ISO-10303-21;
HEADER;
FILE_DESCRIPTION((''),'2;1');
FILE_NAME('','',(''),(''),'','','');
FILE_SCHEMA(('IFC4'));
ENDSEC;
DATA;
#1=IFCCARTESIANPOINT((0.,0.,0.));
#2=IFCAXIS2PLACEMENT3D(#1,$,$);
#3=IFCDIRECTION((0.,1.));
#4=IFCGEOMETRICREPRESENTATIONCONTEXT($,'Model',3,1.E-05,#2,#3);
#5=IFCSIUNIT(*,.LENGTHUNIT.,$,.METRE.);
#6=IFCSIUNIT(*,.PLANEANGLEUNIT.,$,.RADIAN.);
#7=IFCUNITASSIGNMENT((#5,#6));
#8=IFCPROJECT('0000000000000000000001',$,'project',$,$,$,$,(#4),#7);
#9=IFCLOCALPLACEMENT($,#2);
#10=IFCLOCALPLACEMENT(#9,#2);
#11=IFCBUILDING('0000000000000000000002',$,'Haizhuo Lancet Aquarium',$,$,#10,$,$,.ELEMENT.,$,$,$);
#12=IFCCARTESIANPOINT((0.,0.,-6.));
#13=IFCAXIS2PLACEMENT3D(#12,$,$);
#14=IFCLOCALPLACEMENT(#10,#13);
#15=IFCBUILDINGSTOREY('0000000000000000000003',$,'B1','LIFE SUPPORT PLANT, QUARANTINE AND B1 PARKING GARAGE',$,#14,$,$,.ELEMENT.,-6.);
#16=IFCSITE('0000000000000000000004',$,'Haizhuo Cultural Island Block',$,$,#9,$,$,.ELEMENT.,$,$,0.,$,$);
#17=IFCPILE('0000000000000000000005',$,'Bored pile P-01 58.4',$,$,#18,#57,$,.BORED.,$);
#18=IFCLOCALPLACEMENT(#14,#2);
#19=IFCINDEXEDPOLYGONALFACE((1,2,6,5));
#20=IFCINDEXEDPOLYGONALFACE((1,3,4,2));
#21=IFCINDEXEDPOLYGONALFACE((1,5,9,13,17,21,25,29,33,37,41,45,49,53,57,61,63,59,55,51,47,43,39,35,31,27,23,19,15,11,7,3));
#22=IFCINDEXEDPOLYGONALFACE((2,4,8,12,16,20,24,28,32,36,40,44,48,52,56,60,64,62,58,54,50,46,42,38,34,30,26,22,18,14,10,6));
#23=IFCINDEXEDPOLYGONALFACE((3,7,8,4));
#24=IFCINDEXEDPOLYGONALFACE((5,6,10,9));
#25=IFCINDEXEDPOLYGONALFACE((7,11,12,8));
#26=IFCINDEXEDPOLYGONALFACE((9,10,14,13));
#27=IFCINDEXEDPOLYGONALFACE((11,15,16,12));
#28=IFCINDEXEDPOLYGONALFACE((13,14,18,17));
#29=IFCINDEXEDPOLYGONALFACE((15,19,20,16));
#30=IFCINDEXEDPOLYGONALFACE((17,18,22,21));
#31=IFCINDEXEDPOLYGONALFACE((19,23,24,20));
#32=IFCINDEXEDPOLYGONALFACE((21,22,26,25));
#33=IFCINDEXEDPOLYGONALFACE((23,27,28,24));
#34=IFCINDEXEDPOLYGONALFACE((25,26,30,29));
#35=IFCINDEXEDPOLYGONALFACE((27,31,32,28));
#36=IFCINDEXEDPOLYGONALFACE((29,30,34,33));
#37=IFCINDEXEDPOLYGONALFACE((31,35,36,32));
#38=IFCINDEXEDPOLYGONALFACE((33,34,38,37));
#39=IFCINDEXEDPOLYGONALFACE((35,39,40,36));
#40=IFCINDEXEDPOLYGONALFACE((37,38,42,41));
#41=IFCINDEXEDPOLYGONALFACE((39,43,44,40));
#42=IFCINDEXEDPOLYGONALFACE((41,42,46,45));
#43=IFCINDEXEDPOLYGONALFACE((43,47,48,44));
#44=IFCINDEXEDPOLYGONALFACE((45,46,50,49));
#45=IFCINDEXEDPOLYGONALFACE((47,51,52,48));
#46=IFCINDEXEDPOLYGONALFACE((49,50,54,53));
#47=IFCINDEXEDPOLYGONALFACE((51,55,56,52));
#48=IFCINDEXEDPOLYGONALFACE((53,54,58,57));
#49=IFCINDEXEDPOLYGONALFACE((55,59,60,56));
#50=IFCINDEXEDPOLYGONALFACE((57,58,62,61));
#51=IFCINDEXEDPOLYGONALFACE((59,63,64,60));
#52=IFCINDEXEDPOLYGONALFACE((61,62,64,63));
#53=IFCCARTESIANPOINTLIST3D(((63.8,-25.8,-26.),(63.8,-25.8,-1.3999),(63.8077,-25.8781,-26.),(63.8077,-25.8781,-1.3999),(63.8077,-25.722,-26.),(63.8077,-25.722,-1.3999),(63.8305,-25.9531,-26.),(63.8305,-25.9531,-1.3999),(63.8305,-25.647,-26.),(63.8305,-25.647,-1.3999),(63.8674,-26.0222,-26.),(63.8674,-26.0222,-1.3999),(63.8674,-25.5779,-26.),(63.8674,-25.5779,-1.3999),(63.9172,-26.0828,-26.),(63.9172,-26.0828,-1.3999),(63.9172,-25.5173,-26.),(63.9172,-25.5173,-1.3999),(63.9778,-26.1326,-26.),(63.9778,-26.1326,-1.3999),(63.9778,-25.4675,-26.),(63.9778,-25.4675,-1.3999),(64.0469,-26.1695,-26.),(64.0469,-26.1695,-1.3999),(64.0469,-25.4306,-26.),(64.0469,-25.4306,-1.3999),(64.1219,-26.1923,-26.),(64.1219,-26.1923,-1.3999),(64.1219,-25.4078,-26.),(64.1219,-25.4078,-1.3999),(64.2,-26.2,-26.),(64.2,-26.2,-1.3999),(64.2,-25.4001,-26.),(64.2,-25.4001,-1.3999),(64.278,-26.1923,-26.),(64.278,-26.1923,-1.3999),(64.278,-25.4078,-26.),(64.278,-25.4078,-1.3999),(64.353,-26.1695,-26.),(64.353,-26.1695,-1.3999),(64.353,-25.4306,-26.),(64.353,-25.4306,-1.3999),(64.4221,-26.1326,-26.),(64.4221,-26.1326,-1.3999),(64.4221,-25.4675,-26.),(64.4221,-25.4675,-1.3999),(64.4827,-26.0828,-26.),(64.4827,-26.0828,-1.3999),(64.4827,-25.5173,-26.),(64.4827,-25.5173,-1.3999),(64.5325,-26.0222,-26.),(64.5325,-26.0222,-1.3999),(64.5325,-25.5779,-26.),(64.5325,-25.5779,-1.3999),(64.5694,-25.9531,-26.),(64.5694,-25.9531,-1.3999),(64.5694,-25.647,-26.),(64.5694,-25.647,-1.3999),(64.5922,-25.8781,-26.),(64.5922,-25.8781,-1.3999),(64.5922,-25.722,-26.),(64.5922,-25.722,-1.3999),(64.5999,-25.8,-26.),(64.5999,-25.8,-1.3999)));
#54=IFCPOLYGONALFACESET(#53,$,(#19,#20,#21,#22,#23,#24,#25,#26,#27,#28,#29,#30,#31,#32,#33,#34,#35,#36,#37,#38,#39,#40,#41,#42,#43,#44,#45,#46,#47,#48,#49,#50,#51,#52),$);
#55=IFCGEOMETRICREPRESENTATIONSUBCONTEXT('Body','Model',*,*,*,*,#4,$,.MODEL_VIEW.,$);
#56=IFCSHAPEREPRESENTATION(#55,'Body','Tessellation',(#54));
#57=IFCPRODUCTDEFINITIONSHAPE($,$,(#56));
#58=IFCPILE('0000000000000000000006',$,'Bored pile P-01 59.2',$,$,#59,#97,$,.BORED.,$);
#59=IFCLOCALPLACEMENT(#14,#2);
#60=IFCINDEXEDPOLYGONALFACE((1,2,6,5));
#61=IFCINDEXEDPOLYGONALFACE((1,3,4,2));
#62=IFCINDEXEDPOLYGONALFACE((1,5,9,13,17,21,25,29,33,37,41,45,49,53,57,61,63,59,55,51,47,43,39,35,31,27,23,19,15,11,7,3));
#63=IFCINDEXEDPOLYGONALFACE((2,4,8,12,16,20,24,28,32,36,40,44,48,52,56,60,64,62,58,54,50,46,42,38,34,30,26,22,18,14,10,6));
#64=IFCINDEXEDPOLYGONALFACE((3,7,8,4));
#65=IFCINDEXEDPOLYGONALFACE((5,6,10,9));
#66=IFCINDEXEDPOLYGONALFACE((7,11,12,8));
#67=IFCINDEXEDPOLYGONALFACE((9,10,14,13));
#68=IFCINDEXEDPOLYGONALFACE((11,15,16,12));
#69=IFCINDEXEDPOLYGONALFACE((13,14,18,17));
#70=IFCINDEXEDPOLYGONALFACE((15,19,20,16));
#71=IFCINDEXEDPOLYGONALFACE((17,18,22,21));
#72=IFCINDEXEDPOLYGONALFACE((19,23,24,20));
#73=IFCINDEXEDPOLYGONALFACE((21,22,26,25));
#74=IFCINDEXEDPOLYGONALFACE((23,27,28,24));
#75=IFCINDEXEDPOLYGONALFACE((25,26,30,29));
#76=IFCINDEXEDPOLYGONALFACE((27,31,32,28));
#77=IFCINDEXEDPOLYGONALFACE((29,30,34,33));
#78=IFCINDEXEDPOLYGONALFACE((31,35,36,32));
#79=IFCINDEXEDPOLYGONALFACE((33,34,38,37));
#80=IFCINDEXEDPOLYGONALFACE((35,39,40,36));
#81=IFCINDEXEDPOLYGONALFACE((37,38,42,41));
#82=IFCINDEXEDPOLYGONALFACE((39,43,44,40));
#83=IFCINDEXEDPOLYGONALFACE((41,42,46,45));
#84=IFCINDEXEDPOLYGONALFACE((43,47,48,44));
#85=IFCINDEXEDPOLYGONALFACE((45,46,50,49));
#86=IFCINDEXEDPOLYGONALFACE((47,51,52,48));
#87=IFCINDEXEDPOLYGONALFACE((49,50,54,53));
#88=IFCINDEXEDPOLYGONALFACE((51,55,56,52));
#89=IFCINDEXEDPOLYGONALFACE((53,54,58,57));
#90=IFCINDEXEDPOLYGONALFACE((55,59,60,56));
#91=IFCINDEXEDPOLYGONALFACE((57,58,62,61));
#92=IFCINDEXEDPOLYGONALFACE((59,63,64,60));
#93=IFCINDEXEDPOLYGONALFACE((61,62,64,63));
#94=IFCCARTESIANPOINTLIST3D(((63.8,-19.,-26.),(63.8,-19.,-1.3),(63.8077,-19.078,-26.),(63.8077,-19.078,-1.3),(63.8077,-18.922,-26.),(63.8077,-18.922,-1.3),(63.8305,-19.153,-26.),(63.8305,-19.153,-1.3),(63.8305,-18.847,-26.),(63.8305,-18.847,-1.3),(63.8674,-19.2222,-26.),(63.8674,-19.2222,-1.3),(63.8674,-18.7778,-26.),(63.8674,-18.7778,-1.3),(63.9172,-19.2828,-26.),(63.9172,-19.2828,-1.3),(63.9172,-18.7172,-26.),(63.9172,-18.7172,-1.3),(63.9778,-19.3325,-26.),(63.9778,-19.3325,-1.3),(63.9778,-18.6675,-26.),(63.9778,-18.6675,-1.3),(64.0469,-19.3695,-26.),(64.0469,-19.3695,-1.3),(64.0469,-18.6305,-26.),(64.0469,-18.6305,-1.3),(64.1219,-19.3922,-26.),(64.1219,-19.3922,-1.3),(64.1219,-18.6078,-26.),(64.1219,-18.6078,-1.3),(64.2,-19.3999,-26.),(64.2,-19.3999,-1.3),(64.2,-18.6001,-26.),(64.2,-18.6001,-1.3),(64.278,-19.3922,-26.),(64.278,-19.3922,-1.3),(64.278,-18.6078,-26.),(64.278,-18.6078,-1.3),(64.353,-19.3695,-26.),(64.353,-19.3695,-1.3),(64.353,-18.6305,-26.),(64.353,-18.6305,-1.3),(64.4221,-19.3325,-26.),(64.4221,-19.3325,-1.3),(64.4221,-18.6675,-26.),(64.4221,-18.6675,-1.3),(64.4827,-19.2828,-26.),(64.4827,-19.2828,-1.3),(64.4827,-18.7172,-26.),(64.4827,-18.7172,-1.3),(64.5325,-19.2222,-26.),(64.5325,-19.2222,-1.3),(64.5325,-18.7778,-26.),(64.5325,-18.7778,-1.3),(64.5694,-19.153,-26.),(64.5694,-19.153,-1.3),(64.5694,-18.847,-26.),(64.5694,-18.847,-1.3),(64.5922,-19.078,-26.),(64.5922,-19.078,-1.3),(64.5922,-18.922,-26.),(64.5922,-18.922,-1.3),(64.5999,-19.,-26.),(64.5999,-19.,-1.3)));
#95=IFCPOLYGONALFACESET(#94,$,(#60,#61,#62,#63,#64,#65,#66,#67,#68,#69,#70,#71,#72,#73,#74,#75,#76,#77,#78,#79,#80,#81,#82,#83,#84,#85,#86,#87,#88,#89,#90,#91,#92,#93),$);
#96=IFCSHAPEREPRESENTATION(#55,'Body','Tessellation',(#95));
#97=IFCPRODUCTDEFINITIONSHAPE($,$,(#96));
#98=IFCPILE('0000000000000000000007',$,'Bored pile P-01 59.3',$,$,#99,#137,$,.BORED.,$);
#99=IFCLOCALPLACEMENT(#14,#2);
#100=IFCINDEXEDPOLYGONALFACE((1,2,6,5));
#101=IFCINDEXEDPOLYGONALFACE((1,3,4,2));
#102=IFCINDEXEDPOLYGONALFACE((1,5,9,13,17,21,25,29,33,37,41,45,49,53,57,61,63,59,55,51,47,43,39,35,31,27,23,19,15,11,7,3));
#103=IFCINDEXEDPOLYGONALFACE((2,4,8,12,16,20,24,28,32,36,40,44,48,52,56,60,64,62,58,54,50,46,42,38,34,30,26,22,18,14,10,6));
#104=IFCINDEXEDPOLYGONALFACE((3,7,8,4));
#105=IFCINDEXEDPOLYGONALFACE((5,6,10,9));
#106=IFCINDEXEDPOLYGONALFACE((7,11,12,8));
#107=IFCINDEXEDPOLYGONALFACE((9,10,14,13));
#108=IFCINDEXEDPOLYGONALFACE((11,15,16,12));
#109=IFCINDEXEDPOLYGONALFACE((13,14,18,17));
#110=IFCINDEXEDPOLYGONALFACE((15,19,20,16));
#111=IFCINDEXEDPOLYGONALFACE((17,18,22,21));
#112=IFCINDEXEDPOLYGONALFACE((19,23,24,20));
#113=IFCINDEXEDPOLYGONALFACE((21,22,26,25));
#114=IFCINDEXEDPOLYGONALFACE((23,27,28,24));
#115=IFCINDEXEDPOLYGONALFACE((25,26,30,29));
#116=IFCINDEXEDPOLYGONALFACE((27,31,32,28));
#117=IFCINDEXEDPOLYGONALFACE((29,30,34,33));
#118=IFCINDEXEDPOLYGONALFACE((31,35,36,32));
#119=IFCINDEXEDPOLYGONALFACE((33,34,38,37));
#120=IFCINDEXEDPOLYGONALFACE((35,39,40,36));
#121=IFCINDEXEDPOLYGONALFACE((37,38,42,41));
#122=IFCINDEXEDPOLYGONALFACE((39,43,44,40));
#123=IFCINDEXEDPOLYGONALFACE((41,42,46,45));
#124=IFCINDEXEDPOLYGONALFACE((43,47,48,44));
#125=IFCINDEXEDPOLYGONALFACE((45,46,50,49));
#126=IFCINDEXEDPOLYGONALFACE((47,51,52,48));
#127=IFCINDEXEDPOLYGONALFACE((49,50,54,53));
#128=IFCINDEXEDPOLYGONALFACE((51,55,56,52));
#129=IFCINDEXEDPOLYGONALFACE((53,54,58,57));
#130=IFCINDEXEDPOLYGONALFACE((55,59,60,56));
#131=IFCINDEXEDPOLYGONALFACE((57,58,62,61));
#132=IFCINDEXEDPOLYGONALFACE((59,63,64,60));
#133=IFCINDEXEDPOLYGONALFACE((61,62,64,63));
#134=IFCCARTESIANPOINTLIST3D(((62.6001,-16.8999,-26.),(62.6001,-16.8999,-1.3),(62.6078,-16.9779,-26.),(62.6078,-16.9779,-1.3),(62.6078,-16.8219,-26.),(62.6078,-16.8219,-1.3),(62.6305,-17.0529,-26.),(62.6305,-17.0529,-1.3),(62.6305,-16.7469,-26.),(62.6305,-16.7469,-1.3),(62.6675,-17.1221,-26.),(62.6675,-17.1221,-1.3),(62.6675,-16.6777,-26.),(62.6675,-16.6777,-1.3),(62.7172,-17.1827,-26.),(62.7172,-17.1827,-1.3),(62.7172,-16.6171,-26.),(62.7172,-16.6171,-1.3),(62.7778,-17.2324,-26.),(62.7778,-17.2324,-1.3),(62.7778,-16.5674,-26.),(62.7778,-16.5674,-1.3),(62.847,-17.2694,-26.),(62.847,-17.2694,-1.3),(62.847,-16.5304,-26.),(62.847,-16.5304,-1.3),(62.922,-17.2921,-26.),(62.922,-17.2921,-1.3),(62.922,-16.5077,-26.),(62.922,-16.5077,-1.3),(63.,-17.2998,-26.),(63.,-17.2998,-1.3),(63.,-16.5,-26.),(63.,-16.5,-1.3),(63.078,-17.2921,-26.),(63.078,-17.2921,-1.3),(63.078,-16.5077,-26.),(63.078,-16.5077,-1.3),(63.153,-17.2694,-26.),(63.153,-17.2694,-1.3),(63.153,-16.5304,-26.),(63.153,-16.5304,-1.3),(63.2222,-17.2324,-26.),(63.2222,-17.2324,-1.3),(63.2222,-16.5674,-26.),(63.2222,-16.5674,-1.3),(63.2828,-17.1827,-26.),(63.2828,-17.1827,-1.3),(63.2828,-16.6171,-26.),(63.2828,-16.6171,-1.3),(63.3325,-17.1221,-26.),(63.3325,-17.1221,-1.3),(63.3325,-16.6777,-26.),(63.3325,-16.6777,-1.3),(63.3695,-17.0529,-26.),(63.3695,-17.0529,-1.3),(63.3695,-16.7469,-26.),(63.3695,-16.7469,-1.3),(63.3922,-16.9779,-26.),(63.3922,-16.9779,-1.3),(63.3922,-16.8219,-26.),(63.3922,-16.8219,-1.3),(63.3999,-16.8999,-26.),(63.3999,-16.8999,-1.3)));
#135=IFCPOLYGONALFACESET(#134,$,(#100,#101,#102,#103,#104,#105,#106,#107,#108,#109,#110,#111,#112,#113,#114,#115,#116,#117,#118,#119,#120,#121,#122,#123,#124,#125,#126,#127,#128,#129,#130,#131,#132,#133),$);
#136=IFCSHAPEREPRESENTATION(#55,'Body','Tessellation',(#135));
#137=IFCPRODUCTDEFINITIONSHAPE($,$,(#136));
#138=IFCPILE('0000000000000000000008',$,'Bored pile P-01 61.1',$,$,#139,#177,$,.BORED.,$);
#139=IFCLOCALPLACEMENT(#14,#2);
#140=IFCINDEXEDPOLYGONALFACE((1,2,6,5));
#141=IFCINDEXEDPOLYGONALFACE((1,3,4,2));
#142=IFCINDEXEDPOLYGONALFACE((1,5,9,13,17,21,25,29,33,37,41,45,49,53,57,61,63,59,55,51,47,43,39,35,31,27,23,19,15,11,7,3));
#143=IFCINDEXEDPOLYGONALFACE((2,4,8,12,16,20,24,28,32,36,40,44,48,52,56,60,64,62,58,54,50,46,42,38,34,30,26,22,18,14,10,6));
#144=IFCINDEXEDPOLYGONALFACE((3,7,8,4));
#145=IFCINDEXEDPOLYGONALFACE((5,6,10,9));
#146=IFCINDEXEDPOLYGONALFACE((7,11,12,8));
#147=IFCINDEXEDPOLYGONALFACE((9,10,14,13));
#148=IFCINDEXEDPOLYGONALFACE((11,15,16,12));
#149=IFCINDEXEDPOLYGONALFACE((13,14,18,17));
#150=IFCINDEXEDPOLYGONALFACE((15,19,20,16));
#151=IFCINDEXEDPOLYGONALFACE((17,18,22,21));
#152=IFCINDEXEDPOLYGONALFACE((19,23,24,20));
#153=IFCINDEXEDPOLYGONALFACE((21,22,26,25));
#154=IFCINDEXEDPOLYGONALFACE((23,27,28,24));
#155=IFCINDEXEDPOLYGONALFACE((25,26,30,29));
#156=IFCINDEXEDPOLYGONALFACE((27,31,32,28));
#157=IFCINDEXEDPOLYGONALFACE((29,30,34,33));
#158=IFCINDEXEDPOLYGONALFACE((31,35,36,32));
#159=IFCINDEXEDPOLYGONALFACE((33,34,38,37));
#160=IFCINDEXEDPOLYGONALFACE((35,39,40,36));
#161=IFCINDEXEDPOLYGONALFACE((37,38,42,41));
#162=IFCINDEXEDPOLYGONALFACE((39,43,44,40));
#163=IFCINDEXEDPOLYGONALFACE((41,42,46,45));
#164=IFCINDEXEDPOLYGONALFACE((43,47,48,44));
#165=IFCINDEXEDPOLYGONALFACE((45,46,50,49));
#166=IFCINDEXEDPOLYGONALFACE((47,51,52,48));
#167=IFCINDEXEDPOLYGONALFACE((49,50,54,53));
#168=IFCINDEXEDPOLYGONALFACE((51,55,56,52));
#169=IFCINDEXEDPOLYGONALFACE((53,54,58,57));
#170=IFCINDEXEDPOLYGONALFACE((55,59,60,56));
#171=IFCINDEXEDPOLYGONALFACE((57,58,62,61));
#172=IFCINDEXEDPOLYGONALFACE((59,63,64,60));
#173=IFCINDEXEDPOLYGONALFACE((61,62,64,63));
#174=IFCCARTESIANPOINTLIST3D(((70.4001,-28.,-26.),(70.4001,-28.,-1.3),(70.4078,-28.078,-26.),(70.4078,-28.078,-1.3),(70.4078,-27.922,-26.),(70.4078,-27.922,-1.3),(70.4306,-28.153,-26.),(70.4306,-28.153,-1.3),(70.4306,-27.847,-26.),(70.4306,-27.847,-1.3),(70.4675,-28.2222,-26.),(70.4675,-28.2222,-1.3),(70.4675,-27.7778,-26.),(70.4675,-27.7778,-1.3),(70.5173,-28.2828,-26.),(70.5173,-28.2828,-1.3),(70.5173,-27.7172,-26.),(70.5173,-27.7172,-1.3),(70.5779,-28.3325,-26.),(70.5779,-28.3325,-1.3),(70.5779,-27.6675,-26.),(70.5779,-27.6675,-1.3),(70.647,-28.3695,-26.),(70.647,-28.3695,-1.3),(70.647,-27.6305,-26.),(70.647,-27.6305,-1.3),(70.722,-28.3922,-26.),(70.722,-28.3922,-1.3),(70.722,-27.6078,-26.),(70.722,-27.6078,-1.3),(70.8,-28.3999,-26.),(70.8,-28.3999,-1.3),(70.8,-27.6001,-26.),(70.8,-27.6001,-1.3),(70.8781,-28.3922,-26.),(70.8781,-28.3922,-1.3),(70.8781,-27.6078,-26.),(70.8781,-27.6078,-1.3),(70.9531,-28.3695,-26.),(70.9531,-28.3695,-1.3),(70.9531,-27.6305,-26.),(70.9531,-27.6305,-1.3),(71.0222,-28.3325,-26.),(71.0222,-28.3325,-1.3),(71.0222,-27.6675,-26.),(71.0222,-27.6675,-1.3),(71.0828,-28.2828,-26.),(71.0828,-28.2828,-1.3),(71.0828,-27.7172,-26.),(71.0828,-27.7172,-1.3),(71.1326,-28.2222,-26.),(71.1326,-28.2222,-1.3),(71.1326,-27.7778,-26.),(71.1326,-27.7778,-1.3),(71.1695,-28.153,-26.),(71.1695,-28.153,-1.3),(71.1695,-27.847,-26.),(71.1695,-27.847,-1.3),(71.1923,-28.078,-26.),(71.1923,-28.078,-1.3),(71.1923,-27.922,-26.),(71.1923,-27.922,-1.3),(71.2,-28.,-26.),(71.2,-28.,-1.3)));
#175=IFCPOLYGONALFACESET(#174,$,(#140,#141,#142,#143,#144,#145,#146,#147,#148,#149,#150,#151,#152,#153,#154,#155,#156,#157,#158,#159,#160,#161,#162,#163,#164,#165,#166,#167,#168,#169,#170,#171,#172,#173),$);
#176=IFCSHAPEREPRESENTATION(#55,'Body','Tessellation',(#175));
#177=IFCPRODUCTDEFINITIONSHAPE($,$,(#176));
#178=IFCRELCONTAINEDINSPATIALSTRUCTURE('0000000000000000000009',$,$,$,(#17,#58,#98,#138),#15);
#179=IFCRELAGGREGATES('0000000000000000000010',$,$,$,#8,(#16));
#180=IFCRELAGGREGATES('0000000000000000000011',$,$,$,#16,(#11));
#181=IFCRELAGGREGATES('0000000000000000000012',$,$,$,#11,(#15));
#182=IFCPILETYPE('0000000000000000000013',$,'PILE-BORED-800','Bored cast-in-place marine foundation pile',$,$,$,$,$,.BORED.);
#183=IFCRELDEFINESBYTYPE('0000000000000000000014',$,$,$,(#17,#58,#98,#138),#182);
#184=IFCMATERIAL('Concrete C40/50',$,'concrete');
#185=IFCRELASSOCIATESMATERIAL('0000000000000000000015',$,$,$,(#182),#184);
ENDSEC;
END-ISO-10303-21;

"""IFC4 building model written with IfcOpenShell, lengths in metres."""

from ifc_helpers import new_model, si_unit, direction, frame, origin, origin_2d, place, context, subcontext, project, spatial, circle, extrude, material, material_profile, profile_set, type_object, element, save


model = new_model("IFC4")

# Units and contexts
model_context = context("Model", 3, precision=1e-05, world=origin(), true_north=direction((0.0, 1.0)))
body_context = subcontext(model_context, "Body", "Model", "MODEL_VIEW")
ifc_project = project(units=[si_unit("LENGTHUNIT", "METRE"), si_unit("PLANEANGLEUNIT", "RADIAN")], contexts=[model_context])

# Site, building, storey
site_placement = place(None, origin())
site = spatial("IfcSite", under=ifc_project, at=site_placement, Name="Haizhuo Cultural Island Block", CompositionType="ELEMENT", RefElevation=0.0)
building_placement = place(site_placement, origin())
building = spatial("IfcBuilding", under=site, at=building_placement, Name="Haizhuo Lancet Aquarium", CompositionType="ELEMENT")
storey_placement = place(building_placement, frame((0.0, 0.0, -6.0)))
storey = spatial("IfcBuildingStorey", under=building, at=storey_placement, Name="B1", Description="LIFE SUPPORT PLANT, QUARANTINE AND B1 PARKING GARAGE", CompositionType="ELEMENT", Elevation=-6.0)

# Shared definitions
ifc_material_1 = material(Name="Concrete C40/50", Category="concrete")

# Piles
ifc_material_profile_1 = material_profile(ifc_material_1, circle(Radius=0.3999, at=origin_2d()), Name="PILE-800")
ifc_profile_set_1 = profile_set([ifc_material_profile_1], Name="Concrete C40/50")
pile_type_1 = type_object("IfcPileType", Name="PILE-BORED-800", Description="Bored cast-in-place marine foundation pile", PredefinedType="BORED", material=ifc_profile_set_1)
for number, where, z_axis, x_axis, name in (
    (1, (64.2, -25.8, -1.3999), (0.0, 0.0, -1.0), (1.0, 0.0, 0.0), "Bored pile P-01 58.4"),
):
    element("IfcPile", number, at=place(storey_placement, frame(where, z_axis=z_axis, x_axis=x_axis)), inside=storey, type_object=pile_type_1, Name=name, PredefinedType="BORED", context=body_context, shape_type="SweptSolid", body=[
        extrude(circle(Radius=0.3999, at=origin_2d()), origin(), (0.0, 0.0, 1.0), 24.6001),
    ])
for number, where, z_axis, x_axis, name in (
    (2, (64.2, -19.0, -1.3), (0.0, 0.0, -1.0), (1.0, 0.0, 0.0), "Bored pile P-01 59.2"),
    (3, (63.0, -16.8999, -1.3), (0.0, 0.0, -1.0), (1.0, 0.0, 0.0), "Bored pile P-01 59.3"),
    (4, (70.8, -28.0, -1.3), (0.0, 0.0, -1.0), (1.0, 0.0, 0.0), "Bored pile P-01 61.1"),
):
    element("IfcPile", number, at=place(storey_placement, frame(where, z_axis=z_axis, x_axis=x_axis)), inside=storey, type_object=pile_type_1, Name=name, PredefinedType="BORED", context=body_context, shape_type="SweptSolid", body=[
        extrude(circle(Radius=0.3999, at=origin_2d()), origin(), (0.0, 0.0, 1.0), 24.7),
    ])

save(model, "model.ifc")
